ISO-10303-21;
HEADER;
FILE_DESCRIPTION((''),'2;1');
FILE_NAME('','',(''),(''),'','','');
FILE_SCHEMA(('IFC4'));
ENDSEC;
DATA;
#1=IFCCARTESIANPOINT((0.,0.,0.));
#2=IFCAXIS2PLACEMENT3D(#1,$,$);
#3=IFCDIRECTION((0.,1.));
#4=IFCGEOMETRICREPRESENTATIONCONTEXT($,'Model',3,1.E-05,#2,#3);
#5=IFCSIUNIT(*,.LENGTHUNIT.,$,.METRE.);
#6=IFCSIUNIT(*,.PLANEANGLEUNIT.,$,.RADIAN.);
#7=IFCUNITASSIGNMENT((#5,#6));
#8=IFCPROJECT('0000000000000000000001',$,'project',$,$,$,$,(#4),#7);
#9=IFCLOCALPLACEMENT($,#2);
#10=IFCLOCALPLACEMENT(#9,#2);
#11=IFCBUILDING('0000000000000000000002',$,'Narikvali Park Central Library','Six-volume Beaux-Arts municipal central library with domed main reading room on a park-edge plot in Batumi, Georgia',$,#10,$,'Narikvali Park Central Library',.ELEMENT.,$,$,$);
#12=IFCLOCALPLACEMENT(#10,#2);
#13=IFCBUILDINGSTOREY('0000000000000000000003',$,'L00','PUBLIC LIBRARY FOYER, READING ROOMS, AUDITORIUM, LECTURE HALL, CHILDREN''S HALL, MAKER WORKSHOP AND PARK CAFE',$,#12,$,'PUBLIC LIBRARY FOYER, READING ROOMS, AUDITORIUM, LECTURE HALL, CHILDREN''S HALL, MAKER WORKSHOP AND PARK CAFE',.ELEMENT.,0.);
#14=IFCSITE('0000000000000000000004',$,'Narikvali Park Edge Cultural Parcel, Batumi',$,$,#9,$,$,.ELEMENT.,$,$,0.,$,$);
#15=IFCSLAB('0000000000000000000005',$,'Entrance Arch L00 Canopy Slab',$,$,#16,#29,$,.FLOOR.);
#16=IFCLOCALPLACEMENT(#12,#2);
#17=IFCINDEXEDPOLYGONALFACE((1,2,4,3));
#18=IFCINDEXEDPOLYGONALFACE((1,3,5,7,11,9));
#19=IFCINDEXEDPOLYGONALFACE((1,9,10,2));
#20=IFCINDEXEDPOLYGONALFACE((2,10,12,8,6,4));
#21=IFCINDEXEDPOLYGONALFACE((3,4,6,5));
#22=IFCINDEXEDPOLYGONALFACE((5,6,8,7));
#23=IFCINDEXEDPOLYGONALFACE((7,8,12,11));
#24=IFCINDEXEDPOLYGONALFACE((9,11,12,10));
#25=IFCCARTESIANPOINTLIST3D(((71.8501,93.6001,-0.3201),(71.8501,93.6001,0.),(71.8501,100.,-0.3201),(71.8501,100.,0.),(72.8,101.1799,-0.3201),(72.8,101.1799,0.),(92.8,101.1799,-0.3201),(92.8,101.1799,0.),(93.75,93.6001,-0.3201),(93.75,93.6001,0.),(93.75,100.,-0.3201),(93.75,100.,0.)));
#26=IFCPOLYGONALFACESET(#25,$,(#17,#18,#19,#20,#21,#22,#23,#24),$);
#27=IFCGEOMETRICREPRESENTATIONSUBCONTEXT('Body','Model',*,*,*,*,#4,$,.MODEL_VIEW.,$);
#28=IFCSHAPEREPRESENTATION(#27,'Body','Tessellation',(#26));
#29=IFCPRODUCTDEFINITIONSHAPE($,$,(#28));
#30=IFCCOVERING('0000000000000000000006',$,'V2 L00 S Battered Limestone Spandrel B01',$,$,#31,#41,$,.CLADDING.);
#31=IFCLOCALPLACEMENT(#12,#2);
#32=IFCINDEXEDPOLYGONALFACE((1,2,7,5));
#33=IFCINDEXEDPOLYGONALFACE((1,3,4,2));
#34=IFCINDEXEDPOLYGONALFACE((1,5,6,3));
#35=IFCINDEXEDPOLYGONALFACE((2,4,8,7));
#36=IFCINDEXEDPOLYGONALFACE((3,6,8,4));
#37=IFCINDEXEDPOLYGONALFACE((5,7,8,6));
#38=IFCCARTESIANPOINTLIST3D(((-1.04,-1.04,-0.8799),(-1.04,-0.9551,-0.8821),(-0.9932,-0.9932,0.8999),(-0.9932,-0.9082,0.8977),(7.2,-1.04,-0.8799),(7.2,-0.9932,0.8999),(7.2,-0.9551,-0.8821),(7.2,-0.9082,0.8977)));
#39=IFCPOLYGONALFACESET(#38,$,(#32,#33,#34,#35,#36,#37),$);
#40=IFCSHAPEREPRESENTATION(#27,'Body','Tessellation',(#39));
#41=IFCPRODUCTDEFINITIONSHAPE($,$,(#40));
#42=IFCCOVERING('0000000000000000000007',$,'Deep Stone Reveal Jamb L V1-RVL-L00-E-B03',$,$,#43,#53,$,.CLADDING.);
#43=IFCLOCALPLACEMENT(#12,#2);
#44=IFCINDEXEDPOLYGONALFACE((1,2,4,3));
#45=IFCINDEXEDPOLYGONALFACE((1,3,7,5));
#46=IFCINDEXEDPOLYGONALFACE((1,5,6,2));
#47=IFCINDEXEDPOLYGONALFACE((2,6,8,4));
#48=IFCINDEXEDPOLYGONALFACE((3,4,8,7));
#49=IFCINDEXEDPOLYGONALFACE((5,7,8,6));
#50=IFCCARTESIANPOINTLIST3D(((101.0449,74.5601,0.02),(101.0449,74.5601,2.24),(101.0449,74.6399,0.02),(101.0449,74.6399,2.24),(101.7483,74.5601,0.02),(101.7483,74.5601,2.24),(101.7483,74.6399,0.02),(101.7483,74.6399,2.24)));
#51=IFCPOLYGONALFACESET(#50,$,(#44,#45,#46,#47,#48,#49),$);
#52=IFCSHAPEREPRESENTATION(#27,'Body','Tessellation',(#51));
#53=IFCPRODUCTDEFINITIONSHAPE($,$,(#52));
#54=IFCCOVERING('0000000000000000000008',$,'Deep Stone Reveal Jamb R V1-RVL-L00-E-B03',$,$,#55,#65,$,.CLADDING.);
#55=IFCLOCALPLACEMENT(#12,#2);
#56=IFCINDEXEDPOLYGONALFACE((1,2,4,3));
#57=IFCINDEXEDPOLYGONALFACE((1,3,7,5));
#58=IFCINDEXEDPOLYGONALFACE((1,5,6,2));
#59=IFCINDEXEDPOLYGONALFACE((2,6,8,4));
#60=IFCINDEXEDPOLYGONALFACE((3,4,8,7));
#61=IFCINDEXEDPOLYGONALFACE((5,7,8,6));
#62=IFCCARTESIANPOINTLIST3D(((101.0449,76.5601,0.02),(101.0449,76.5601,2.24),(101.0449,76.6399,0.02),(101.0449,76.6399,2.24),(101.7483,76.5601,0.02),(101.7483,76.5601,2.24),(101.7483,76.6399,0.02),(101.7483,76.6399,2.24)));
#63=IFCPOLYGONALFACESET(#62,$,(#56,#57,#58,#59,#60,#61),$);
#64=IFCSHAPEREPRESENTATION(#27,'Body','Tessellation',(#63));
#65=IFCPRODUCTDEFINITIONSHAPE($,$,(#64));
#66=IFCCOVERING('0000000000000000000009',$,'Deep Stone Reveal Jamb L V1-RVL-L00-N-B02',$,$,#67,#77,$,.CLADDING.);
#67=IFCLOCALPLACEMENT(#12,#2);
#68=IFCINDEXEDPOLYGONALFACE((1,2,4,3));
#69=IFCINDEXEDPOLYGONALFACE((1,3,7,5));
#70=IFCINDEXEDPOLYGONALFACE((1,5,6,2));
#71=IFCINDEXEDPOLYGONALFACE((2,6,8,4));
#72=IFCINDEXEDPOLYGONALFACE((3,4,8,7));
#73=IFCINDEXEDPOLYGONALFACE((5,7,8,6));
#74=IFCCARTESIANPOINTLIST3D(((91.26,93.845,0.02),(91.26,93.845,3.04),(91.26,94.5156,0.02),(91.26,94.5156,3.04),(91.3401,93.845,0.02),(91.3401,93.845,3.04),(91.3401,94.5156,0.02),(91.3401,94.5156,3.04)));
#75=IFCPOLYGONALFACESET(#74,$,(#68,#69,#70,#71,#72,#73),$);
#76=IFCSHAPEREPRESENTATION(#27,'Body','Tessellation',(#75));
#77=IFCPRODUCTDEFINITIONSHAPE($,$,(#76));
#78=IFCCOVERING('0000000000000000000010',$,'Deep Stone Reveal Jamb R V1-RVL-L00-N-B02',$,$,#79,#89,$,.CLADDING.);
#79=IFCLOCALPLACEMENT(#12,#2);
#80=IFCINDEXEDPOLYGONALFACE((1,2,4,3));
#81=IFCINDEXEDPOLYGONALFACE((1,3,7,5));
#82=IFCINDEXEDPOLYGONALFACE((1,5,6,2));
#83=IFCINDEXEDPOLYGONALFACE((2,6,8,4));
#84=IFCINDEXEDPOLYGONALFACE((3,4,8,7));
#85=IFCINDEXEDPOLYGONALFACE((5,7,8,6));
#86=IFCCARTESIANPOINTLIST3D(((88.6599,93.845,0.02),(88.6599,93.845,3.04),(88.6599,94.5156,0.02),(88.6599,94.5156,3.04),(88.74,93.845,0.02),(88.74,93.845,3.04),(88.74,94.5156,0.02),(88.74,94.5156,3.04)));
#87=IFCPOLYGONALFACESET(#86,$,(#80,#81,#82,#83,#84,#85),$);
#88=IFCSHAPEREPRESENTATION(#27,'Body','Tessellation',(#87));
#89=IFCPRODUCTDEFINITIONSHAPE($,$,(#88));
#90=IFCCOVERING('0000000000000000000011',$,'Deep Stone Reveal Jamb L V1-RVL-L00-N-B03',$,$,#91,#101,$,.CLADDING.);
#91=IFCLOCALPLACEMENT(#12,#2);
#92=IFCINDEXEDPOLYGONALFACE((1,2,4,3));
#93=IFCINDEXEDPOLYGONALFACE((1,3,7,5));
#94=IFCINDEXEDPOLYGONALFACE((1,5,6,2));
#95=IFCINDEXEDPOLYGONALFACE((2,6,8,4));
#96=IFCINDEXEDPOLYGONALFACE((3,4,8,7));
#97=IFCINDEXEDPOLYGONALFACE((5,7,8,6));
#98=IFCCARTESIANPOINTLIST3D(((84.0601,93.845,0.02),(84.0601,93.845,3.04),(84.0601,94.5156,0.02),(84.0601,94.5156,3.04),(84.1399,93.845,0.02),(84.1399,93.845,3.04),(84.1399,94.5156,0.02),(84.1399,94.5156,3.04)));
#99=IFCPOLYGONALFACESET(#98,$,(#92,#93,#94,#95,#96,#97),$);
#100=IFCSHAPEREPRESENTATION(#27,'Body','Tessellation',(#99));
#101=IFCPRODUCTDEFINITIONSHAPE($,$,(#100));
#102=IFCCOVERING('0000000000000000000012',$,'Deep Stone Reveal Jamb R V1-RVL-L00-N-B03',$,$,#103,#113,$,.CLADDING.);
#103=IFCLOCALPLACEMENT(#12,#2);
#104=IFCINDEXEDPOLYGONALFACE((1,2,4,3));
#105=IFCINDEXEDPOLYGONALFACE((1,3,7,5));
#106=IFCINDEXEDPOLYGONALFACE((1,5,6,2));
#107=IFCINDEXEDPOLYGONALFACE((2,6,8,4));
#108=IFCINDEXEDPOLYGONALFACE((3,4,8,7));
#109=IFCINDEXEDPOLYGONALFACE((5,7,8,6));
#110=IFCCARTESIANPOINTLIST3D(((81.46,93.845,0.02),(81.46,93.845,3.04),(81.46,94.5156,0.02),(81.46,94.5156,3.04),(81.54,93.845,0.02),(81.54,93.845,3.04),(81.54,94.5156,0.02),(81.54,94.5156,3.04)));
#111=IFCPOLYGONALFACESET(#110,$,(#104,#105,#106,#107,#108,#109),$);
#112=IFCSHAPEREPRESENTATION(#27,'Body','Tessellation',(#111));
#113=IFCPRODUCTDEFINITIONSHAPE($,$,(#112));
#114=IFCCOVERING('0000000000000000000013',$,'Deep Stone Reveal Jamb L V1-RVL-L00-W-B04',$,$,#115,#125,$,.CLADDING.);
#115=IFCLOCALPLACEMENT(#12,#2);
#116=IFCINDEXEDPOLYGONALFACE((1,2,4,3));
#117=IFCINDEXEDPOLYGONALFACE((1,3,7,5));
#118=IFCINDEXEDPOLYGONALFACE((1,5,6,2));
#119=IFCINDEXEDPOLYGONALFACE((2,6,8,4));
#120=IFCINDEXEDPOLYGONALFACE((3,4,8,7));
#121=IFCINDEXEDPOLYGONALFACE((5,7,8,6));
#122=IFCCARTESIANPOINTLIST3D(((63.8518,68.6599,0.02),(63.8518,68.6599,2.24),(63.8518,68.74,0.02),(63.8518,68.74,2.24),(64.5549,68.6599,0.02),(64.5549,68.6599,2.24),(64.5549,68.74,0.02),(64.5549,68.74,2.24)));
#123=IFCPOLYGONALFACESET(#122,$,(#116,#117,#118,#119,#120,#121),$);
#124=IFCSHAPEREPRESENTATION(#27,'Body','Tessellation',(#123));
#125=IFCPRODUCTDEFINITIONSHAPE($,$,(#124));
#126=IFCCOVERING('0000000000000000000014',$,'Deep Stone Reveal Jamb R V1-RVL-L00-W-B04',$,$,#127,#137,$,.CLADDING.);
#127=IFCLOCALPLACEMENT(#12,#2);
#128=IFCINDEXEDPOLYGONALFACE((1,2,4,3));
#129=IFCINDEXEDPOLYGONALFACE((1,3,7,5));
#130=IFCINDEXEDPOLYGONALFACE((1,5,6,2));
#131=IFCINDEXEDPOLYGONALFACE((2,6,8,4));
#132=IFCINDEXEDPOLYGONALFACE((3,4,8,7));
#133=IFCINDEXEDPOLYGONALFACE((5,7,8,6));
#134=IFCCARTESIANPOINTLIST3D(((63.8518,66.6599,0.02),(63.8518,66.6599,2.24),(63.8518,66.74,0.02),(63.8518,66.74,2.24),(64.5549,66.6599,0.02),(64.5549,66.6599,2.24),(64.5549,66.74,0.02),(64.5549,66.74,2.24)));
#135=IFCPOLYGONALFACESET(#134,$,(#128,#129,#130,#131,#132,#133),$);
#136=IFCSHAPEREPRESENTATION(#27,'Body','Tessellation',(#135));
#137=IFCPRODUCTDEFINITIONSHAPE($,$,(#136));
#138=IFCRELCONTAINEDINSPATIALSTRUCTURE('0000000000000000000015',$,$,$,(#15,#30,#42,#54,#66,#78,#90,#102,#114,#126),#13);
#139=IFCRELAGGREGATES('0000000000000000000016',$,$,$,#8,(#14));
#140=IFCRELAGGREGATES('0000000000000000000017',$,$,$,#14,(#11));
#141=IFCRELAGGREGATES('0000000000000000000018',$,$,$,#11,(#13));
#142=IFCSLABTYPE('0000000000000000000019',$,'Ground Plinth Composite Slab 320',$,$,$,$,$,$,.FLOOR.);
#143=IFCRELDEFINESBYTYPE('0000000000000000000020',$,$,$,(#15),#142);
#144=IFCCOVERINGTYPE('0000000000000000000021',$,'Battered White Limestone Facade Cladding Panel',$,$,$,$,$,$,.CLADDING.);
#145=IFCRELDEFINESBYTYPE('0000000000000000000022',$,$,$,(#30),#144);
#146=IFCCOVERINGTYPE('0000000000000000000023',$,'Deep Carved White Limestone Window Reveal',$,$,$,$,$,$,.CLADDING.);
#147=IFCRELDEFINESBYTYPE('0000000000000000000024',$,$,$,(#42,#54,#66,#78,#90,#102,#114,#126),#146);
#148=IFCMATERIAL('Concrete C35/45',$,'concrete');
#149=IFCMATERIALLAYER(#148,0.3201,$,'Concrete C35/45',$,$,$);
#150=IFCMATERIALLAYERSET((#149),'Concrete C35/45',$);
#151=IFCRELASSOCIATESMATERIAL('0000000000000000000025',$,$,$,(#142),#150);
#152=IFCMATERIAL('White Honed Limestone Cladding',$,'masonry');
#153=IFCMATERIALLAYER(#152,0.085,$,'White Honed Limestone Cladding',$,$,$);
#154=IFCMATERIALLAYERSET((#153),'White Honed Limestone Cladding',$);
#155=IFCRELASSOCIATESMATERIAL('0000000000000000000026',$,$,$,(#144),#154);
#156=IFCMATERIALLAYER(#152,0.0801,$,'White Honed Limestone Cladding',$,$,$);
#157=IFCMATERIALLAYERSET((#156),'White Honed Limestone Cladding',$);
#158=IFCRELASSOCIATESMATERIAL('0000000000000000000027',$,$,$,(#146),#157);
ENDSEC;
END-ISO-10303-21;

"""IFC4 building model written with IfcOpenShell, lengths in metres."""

from ifc_helpers import new_model, si_unit, direction, frame, origin, place, context, subcontext, project, spatial, polyline, outline, extrude, material, layer, layer_set, type_object, element, save


model = new_model("IFC4")

# Units and contexts
model_context = context("Model", 3, precision=1e-05, world=origin(), true_north=direction((0.0, 1.0)))
body_context = subcontext(model_context, "Body", "Model", "MODEL_VIEW")
ifc_project = project(units=[si_unit("LENGTHUNIT", "METRE"), si_unit("PLANEANGLEUNIT", "RADIAN")], contexts=[model_context])

# Site, building, storey
site_placement = place(None, origin())
site = spatial("IfcSite", under=ifc_project, at=site_placement, Name="Narikvali Park Edge Cultural Parcel, Batumi", CompositionType="ELEMENT", RefElevation=0.0)
building_placement = place(site_placement, origin())
building = spatial("IfcBuilding", under=site, at=building_placement, Name="Narikvali Park Central Library", Description="Six-volume Beaux-Arts municipal central library with domed main reading room on a park-edge plot in Batumi, Georgia", LongName="Narikvali Park Central Library", CompositionType="ELEMENT")
storey_placement = place(building_placement, origin())
storey = spatial("IfcBuildingStorey", under=building, at=storey_placement, Name="L00", Description="PUBLIC LIBRARY FOYER, READING ROOMS, AUDITORIUM, LECTURE HALL, CHILDREN'S HALL, MAKER WORKSHOP AND PARK CAFE", LongName="PUBLIC LIBRARY FOYER, READING ROOMS, AUDITORIUM, LECTURE HALL, CHILDREN'S HALL, MAKER WORKSHOP AND PARK CAFE", CompositionType="ELEMENT", Elevation=0.0)

# Slab
ifc_material_1 = material(Name="Concrete C35/45", Category="concrete")
ifc_layer_1 = layer(ifc_material_1, 0.3201, Name="Concrete C35/45")
ifc_layer_set_1 = layer_set([ifc_layer_1], Name="Concrete C35/45")
slab_type_1 = type_object("IfcSlabType", Name="Ground Plinth Composite Slab 320", PredefinedType="FLOOR", material=ifc_layer_set_1)
slab_1_placement = place(storey_placement, frame((0.0, 0.0, -0.3201)))
element("IfcSlab", 1, at=slab_1_placement, inside=storey, type_object=slab_type_1, Name="Entrance Arch L00 Canopy Slab", PredefinedType="FLOOR", context=body_context, shape_type="SweptSolid", body=[
    extrude(outline(polyline([(71.8501, 93.6001), (93.75, 93.6001), (93.75, 100.0), (92.8, 101.1799), (72.8, 101.1799), (71.8501, 100.0), (71.8501, 93.6001)])), origin(), (0.0, 0.0, 1.0), 0.3201),
])

# Coverings
ifc_material_2 = material(Name="White Honed Limestone Cladding", Category="masonry")
ifc_layer_2 = layer(ifc_material_2, 0.085, Name="White Honed Limestone Cladding")
ifc_layer_set_2 = layer_set([ifc_layer_2], Name="White Honed Limestone Cladding")
covering_type_1 = type_object("IfcCoveringType", Name="Battered White Limestone Facade Cladding Panel", PredefinedType="CLADDING", material=ifc_layer_set_2)
covering_1_placement = place(storey_placement, frame((-1.04, -1.04, -0.8799), z_axis=(0.0, -0.999653, 0.026328), x_axis=(1.0, 0.0, 0.0)))
element("IfcCovering", 2, at=covering_1_placement, inside=storey, type_object=covering_type_1, Name="V2 L00 S Battered Limestone Spandrel B01", PredefinedType="CLADDING", context=body_context, shape_type="SweptSolid", body=[
    extrude(outline(polyline([(0.0, 0.0), (8.24, 0.0), (8.24, 1.7804), (0.0469, 1.7804), (0.0, 0.0)])), origin(), (0.0, 0.0, -1.0), 0.085),
])
ifc_layer_3 = layer(ifc_material_2, 0.0801, Name="White Honed Limestone Cladding")
ifc_layer_set_3 = layer_set([ifc_layer_3], Name="White Honed Limestone Cladding")
covering_type_2 = type_object("IfcCoveringType", Name="Deep Carved White Limestone Window Reveal", PredefinedType="CLADDING", material=ifc_layer_set_3)
covering_2_placement = place(storey_placement, frame((0.0, 0.0, 0.02)))
element("IfcCovering", 3, at=covering_2_placement, inside=storey, type_object=covering_type_2, Name="Deep Stone Reveal Jamb L V1-RVL-L00-E-B03", PredefinedType="CLADDING", context=body_context, shape_type="SweptSolid", body=[
    extrude(outline(polyline([(101.0449, 74.5601), (101.0449, 74.6399), (101.7483, 74.6399), (101.7483, 74.5601), (101.0449, 74.5601)])), origin(), (0.0, 0.0, 1.0), 2.22),
])
covering_3_placement = place(storey_placement, frame((0.0, 0.0, 0.02)))
element("IfcCovering", 4, at=covering_3_placement, inside=storey, type_object=covering_type_2, Name="Deep Stone Reveal Jamb R V1-RVL-L00-E-B03", PredefinedType="CLADDING", context=body_context, shape_type="SweptSolid", body=[
    extrude(outline(polyline([(101.0449, 76.5601), (101.0449, 76.6399), (101.7483, 76.6399), (101.7483, 76.5601), (101.0449, 76.5601)])), origin(), (0.0, 0.0, 1.0), 2.22),
])
covering_4_placement = place(storey_placement, frame((0.0, 0.0, 0.02)))
element("IfcCovering", 5, at=covering_4_placement, inside=storey, type_object=covering_type_2, Name="Deep Stone Reveal Jamb L V1-RVL-L00-N-B02", PredefinedType="CLADDING", context=body_context, shape_type="SweptSolid", body=[
    extrude(outline(polyline([(91.3401, 93.845), (91.26, 93.845), (91.26, 94.5156), (91.3401, 94.5156), (91.3401, 93.845)])), origin(), (0.0, 0.0, 1.0), 3.02),
])
covering_5_placement = place(storey_placement, frame((0.0, 0.0, 0.02)))
element("IfcCovering", 6, at=covering_5_placement, inside=storey, type_object=covering_type_2, Name="Deep Stone Reveal Jamb R V1-RVL-L00-N-B02", PredefinedType="CLADDING", context=body_context, shape_type="SweptSolid", body=[
    extrude(outline(polyline([(88.74, 93.845), (88.6599, 93.845), (88.6599, 94.5156), (88.74, 94.5156), (88.74, 93.845)])), origin(), (0.0, 0.0, 1.0), 3.02),
])
covering_6_placement = place(storey_placement, frame((0.0, 0.0, 0.02)))
element("IfcCovering", 7, at=covering_6_placement, inside=storey, type_object=covering_type_2, Name="Deep Stone Reveal Jamb L V1-RVL-L00-N-B03", PredefinedType="CLADDING", context=body_context, shape_type="SweptSolid", body=[
    extrude(outline(polyline([(84.1399, 93.845), (84.0601, 93.845), (84.0601, 94.5156), (84.1399, 94.5156), (84.1399, 93.845)])), origin(), (0.0, 0.0, 1.0), 3.02),
])
covering_7_placement = place(storey_placement, frame((0.0, 0.0, 0.02)))
element("IfcCovering", 8, at=covering_7_placement, inside=storey, type_object=covering_type_2, Name="Deep Stone Reveal Jamb R V1-RVL-L00-N-B03", PredefinedType="CLADDING", context=body_context, shape_type="SweptSolid", body=[
    extrude(outline(polyline([(81.54, 93.845), (81.46, 93.845), (81.46, 94.5156), (81.54, 94.5156), (81.54, 93.845)])), origin(), (0.0, 0.0, 1.0), 3.02),
])
covering_8_placement = place(storey_placement, frame((0.0, 0.0, 0.02)))
element("IfcCovering", 9, at=covering_8_placement, inside=storey, type_object=covering_type_2, Name="Deep Stone Reveal Jamb L V1-RVL-L00-W-B04", PredefinedType="CLADDING", context=body_context, shape_type="SweptSolid", body=[
    extrude(outline(polyline([(64.5549, 68.74), (64.5549, 68.6599), (63.8518, 68.6599), (63.8518, 68.74), (64.5549, 68.74)])), origin(), (0.0, 0.0, 1.0), 2.22),
])
covering_9_placement = place(storey_placement, frame((0.0, 0.0, 0.02)))
element("IfcCovering", 10, at=covering_9_placement, inside=storey, type_object=covering_type_2, Name="Deep Stone Reveal Jamb R V1-RVL-L00-W-B04", PredefinedType="CLADDING", context=body_context, shape_type="SweptSolid", body=[
    extrude(outline(polyline([(64.5549, 66.74), (64.5549, 66.6599), (63.8518, 66.6599), (63.8518, 66.74), (64.5549, 66.74)])), origin(), (0.0, 0.0, 1.0), 2.22),
])

save(model, "model.ifc")
